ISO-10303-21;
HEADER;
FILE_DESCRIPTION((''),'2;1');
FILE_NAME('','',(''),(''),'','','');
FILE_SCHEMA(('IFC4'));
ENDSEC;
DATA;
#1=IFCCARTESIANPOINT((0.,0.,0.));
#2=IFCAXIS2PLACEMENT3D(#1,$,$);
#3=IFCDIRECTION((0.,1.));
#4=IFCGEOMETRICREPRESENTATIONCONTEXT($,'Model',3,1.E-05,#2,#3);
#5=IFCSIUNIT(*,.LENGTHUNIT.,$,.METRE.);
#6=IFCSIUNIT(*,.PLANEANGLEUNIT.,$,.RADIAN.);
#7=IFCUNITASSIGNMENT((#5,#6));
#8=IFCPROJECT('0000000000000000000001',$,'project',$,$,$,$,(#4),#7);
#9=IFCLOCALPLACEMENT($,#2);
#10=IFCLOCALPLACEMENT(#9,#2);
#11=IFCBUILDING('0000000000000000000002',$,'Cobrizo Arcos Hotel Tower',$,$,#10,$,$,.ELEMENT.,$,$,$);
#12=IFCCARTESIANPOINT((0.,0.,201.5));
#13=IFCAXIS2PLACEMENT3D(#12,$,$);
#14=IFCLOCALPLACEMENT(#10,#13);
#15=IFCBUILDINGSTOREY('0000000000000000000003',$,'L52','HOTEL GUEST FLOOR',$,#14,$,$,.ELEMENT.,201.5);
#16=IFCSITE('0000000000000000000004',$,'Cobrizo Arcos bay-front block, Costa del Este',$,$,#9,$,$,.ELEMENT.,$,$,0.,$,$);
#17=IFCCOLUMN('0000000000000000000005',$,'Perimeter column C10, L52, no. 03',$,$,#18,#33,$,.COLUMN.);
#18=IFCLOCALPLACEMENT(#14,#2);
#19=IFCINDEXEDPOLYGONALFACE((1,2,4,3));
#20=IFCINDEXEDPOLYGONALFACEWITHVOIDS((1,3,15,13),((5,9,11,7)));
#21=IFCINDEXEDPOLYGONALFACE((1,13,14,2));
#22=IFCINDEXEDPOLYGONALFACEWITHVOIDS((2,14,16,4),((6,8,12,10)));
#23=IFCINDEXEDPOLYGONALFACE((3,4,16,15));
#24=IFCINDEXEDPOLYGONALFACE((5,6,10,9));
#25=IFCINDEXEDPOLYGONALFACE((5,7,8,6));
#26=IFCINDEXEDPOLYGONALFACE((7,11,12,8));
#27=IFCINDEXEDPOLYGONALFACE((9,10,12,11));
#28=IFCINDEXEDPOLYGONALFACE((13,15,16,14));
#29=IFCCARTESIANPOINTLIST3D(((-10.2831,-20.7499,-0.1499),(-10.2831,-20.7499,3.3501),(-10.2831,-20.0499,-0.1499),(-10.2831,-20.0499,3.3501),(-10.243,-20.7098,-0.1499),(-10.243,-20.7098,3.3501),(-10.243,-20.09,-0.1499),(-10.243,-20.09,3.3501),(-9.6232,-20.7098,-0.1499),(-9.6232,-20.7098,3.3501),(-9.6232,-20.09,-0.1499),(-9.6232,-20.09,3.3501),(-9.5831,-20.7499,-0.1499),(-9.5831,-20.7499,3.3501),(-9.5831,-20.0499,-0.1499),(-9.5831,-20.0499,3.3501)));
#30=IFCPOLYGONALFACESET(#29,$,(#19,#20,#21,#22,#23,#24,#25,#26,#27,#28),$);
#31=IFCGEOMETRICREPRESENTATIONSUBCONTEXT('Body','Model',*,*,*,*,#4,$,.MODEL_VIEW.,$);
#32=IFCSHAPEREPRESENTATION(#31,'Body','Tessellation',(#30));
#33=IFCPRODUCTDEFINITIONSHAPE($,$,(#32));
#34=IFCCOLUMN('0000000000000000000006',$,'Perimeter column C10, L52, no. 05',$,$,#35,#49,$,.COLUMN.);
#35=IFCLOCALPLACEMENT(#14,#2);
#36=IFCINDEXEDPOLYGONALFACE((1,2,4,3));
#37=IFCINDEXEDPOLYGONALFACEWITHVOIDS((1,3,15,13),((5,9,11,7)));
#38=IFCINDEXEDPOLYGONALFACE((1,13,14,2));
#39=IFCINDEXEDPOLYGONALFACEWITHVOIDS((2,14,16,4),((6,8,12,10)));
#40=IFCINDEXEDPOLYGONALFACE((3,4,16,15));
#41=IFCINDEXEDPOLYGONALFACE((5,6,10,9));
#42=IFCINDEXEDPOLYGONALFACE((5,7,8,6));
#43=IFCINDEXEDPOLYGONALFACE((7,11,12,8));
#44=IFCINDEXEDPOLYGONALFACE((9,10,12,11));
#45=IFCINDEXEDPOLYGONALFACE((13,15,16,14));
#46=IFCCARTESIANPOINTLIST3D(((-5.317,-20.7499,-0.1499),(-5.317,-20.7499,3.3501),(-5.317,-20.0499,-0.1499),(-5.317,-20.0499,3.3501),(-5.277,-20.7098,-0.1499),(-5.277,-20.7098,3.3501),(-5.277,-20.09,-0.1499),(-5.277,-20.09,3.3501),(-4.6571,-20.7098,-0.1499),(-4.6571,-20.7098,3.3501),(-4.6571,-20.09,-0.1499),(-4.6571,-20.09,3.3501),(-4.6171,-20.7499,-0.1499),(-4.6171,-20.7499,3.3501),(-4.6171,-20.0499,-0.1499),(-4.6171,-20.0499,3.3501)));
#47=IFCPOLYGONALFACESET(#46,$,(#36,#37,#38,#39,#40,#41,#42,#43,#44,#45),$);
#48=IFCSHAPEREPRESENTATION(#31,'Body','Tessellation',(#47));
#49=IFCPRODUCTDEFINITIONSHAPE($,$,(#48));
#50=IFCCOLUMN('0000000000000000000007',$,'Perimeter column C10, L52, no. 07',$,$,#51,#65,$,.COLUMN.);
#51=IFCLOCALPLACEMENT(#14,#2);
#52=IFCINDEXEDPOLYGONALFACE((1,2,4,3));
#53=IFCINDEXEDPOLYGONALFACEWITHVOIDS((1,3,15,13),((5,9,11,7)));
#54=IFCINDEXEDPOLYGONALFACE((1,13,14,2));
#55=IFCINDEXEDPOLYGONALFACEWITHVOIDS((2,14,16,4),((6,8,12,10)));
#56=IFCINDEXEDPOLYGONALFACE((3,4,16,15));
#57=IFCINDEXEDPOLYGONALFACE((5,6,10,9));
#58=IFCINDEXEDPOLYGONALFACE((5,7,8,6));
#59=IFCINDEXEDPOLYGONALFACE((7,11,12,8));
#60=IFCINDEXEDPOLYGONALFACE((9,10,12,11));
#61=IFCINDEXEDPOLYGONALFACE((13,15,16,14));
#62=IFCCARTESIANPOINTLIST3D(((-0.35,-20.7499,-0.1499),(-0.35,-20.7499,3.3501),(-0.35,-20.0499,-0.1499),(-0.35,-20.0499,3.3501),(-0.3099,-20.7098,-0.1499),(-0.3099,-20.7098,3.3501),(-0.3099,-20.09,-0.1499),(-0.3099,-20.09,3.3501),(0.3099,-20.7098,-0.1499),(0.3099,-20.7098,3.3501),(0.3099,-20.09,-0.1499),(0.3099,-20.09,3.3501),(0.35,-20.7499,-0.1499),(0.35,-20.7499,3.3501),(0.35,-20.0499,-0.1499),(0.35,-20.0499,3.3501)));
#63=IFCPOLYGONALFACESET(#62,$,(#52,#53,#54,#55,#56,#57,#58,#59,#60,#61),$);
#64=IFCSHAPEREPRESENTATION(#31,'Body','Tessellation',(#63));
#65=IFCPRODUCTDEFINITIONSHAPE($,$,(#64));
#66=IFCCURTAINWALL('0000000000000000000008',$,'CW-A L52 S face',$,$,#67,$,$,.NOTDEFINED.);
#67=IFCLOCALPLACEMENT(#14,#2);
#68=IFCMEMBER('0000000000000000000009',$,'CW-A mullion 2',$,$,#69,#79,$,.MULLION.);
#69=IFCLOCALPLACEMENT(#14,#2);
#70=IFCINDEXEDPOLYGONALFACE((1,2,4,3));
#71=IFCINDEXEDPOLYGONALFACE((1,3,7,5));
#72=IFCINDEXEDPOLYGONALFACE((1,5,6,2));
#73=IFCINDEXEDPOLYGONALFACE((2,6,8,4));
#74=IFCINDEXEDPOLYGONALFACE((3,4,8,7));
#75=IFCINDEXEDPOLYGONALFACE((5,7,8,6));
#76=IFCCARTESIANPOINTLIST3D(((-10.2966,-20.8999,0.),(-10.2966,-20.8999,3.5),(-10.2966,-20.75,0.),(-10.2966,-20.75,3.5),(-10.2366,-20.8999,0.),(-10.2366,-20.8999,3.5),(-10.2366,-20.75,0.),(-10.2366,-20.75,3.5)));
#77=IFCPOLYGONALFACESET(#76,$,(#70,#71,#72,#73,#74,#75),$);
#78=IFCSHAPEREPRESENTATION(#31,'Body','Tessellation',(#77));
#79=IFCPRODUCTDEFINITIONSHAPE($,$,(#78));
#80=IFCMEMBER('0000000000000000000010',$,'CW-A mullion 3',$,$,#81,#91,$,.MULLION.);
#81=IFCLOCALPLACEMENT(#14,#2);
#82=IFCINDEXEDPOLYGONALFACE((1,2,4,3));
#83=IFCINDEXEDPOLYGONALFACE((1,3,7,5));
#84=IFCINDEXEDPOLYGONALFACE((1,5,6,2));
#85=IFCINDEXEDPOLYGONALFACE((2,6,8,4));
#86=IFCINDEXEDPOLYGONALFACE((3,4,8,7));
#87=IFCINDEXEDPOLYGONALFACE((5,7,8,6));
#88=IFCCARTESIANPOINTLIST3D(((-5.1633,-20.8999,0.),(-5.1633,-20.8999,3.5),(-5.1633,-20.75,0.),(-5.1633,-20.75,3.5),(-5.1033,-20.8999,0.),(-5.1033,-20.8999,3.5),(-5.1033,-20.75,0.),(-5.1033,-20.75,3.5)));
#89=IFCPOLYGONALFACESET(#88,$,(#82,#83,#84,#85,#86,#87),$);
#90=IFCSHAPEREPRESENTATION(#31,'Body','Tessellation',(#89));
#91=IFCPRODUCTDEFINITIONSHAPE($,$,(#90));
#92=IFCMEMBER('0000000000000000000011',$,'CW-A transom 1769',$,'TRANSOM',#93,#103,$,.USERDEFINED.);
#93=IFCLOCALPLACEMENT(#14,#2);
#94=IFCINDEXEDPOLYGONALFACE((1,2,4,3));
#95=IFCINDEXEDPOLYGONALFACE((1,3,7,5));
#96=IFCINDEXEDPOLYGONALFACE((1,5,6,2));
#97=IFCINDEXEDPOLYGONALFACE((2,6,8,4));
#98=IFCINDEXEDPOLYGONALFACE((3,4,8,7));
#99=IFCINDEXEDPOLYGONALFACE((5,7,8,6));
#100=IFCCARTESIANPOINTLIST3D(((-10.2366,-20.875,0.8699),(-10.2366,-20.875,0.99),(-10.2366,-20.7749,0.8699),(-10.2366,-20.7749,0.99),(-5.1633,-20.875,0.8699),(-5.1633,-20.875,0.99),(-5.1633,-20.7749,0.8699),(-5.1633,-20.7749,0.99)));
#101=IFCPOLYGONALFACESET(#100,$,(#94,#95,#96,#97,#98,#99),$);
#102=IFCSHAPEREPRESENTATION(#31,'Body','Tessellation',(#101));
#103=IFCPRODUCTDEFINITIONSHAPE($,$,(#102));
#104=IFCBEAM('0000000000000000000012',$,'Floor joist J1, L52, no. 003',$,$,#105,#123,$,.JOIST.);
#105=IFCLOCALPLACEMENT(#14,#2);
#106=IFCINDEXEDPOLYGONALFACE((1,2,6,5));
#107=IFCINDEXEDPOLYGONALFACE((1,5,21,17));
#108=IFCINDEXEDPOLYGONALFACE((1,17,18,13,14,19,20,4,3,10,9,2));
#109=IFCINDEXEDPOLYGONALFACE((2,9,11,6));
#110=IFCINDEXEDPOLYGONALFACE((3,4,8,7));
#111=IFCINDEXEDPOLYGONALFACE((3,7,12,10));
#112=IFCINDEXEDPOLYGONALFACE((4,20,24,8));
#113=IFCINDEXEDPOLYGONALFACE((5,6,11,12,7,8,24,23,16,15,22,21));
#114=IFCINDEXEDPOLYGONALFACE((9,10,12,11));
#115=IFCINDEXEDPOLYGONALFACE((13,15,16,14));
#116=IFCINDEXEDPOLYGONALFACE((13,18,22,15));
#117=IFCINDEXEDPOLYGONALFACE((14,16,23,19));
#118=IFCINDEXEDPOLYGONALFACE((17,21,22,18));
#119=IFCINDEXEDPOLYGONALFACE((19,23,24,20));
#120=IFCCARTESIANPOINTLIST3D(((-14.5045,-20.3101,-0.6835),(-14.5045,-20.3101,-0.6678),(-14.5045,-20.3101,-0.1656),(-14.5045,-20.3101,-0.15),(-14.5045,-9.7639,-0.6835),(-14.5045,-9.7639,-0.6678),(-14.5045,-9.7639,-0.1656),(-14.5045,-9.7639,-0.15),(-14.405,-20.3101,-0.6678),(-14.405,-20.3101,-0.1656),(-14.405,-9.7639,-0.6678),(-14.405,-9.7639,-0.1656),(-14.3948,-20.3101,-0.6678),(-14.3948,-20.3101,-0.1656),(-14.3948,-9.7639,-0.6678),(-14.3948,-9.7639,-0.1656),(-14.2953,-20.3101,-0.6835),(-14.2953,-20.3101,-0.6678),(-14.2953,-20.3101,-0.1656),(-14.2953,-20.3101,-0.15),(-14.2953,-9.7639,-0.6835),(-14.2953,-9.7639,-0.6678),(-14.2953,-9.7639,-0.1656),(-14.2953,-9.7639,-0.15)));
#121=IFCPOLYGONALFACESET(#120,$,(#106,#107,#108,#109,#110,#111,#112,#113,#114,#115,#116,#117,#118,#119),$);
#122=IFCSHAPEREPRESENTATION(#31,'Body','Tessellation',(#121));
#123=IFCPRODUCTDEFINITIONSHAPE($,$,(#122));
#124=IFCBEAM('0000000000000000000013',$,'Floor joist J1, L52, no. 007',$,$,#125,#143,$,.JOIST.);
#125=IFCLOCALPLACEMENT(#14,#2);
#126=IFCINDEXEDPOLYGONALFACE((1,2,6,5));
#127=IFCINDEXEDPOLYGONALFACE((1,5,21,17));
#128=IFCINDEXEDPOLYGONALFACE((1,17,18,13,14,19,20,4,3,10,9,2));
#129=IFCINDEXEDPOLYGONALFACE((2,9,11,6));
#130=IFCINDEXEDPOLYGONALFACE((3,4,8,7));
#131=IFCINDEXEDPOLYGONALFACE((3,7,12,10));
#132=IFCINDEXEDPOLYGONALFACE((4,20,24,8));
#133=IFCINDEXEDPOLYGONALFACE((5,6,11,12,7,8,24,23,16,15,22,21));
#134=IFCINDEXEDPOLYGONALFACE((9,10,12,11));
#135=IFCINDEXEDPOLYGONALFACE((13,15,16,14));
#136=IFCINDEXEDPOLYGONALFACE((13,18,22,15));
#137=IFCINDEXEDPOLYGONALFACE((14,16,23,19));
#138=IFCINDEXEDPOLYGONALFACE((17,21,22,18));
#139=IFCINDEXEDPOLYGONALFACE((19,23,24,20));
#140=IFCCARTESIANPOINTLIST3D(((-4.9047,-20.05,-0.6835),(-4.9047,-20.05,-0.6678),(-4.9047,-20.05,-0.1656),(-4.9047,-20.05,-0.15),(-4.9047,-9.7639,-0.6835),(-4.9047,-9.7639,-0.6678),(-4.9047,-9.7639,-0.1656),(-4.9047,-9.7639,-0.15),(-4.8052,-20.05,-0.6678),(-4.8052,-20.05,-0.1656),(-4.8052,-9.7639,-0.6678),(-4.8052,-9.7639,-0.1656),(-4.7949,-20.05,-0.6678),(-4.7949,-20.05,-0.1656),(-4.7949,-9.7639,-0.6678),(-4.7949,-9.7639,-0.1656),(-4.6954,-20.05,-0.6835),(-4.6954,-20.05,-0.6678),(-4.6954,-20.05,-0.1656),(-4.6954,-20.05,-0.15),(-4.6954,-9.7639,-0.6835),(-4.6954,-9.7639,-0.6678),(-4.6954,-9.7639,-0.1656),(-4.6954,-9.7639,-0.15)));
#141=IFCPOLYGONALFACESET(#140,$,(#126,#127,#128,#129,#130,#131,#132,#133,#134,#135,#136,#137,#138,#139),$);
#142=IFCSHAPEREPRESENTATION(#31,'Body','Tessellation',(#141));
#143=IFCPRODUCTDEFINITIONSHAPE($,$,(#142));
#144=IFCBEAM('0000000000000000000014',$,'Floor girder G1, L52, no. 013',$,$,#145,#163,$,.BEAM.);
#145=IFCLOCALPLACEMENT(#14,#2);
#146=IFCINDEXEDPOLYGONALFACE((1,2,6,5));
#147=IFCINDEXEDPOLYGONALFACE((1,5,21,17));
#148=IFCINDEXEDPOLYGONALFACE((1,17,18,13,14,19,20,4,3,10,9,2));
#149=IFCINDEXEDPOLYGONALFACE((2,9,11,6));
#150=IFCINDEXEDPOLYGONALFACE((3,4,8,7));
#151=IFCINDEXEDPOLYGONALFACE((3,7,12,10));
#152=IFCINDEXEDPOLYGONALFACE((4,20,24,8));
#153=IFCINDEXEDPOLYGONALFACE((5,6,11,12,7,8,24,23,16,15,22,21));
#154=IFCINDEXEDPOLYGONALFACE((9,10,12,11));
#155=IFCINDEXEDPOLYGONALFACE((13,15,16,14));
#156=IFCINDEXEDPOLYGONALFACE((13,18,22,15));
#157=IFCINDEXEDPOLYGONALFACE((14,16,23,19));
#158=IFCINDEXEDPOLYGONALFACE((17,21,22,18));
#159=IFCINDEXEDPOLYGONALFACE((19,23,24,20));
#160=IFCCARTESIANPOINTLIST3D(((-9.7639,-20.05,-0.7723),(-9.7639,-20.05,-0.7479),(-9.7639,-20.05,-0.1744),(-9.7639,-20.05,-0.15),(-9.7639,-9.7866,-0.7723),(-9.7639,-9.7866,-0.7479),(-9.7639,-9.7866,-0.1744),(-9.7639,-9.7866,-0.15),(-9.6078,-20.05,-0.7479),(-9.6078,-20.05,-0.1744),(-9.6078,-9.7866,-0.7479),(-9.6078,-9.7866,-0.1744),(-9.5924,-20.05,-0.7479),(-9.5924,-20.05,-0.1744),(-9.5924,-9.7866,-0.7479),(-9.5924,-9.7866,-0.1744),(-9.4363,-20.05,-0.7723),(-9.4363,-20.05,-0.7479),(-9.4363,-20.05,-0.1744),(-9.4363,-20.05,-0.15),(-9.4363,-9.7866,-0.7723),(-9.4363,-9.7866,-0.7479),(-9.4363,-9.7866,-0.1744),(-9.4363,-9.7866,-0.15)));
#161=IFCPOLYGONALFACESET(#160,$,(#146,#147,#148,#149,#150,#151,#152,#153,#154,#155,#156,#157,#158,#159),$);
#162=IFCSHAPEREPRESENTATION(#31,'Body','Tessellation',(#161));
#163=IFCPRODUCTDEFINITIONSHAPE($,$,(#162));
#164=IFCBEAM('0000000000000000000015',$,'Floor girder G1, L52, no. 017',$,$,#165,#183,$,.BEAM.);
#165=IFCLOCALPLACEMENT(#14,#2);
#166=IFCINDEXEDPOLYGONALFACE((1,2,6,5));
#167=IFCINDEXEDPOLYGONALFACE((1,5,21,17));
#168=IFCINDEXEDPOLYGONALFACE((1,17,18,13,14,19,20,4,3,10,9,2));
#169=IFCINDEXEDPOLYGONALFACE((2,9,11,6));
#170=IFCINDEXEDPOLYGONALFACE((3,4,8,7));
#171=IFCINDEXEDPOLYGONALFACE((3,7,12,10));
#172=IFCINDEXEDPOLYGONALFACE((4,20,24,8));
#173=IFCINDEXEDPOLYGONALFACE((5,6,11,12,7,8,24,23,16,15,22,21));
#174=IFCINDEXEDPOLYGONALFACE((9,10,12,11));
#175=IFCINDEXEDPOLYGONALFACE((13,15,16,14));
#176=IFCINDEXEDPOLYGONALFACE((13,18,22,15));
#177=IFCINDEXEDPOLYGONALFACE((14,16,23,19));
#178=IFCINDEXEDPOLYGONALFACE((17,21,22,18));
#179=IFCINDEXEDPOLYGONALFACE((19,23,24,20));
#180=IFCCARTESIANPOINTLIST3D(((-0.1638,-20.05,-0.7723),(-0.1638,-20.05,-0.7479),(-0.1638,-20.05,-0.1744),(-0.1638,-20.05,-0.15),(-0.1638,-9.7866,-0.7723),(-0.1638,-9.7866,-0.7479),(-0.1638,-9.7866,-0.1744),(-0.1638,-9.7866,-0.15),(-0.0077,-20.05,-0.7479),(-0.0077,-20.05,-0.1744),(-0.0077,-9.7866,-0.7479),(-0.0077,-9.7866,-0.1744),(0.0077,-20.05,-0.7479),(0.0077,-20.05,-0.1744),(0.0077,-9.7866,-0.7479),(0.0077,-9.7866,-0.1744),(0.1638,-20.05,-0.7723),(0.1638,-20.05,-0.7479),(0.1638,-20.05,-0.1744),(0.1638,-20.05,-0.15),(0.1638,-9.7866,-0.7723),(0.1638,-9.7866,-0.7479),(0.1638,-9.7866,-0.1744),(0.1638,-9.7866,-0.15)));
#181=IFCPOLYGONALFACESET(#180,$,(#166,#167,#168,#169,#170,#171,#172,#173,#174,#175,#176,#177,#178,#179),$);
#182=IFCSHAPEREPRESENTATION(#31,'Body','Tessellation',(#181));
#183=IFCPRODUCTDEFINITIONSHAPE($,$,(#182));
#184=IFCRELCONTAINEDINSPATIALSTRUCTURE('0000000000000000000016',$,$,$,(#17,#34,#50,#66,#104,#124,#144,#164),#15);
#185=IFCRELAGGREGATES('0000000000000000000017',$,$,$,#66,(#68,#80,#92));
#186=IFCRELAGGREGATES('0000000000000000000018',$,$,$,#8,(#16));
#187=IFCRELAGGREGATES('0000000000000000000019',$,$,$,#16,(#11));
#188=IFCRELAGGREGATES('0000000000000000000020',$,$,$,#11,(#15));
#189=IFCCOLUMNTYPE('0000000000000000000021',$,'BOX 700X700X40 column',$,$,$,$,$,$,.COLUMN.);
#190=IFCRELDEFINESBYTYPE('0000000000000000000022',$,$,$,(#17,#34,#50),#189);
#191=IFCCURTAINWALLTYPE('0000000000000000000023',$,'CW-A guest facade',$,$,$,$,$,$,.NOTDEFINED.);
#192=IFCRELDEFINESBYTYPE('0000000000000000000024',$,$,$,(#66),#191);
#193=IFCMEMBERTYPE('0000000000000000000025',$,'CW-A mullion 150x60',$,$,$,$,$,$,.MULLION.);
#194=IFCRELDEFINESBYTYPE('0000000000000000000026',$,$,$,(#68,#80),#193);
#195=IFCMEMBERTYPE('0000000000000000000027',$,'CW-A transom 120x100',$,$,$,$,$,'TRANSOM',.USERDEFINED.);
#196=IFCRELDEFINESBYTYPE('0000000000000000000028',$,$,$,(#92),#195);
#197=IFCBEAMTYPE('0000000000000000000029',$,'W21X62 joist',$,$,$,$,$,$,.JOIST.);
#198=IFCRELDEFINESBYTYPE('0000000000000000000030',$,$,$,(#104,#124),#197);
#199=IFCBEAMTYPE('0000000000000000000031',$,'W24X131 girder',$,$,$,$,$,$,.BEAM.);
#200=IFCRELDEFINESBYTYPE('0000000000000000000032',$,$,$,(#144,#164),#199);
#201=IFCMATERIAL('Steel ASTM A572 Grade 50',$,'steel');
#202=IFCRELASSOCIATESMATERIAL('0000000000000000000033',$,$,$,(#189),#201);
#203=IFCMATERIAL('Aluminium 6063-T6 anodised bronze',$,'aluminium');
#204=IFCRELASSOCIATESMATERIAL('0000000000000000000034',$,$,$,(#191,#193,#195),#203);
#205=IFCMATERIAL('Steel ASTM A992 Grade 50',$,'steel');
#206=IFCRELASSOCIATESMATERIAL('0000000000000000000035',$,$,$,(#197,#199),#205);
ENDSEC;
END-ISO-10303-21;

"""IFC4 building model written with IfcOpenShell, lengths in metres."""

from ifc_helpers import new_model, si_unit, direction, frame, origin, origin_2d, place, context, subcontext, project, spatial, rectangle, hollow_rectangle, i_section, extrude, material, material_profile, profile_set, type_object, element, aggregate, save


model = new_model("IFC4")

# Units and contexts
model_context = context("Model", 3, precision=1e-05, world=origin(), true_north=direction((0.0, 1.0)))
body_context = subcontext(model_context, "Body", "Model", "MODEL_VIEW")
ifc_project = project(units=[si_unit("LENGTHUNIT", "METRE"), si_unit("PLANEANGLEUNIT", "RADIAN")], contexts=[model_context])

# Site, building, storey
site_placement = place(None, origin())
site = spatial("IfcSite", under=ifc_project, at=site_placement, Name="Cobrizo Arcos bay-front block, Costa del Este", CompositionType="ELEMENT", RefElevation=0.0)
building_placement = place(site_placement, origin())
building = spatial("IfcBuilding", under=site, at=building_placement, Name="Cobrizo Arcos Hotel Tower", CompositionType="ELEMENT")
storey_placement = place(building_placement, frame((0.0, 0.0, 201.5)))
storey = spatial("IfcBuildingStorey", under=building, at=storey_placement, Name="L52", Description="HOTEL GUEST FLOOR", CompositionType="ELEMENT", Elevation=201.5)

# Columns
ifc_material_1 = material(Name="Steel ASTM A572 Grade 50", Category="steel")
ifc_material_profile_1 = material_profile(ifc_material_1, hollow_rectangle(XDim=0.7, YDim=0.7, WallThickness=0.04, at=origin_2d()), Name="BOX 700X700X40")
ifc_profile_set_1 = profile_set([ifc_material_profile_1], Name="Steel ASTM A572 Grade 50")
column_type = type_object("IfcColumnType", Name="BOX 700X700X40 column", PredefinedType="COLUMN", material=ifc_profile_set_1)
for number, where, z_axis, x_axis, name in (
    (1, (-9.9331, -20.3999, -0.1499), (0.0, 0.0, 1.0), (1.0, 0.0, 0.0), "Perimeter column C10, L52, no. 03"),
    (2, (-4.967, -20.3999, -0.1499), (0.0, 0.0, 1.0), (1.0, 0.0, 0.0), "Perimeter column C10, L52, no. 05"),
    (3, (0.0, -20.3999, -0.1499), (0.0, 0.0, 1.0), (1.0, 0.0, 0.0), "Perimeter column C10, L52, no. 07"),
):
    element("IfcColumn", number, at=place(storey_placement, frame(where, z_axis=z_axis, x_axis=x_axis)), inside=storey, type_object=column_type, Name=name, PredefinedType="COLUMN", context=body_context, shape_type="SweptSolid", body=[
        extrude(hollow_rectangle(XDim=0.7, YDim=0.7, WallThickness=0.04, at=origin_2d()), origin(), (0.0, 0.0, 1.0), 3.5),
    ])

# Curtain wall, members
ifc_material_2 = material(Name="Aluminium 6063-T6 anodised bronze", Category="aluminium")
curtain_wall_type = type_object("IfcCurtainWallType", Name="CW-A guest facade", PredefinedType="NOTDEFINED", material=ifc_material_2)
curtain_wall_placement = place(storey_placement, origin())
curtain_wall = element("IfcCurtainWall", 4, at=curtain_wall_placement, inside=storey, type_object=curtain_wall_type, Name="CW-A L52 S face", PredefinedType="NOTDEFINED")
ifc_material_profile_2 = material_profile(ifc_material_2, rectangle(XDim=0.1499, YDim=0.0601, at=origin_2d()), Name="CW-A mullion 150x60")
ifc_profile_set_2 = profile_set([ifc_material_profile_2], Name="Aluminium 6063-T6 anodised bronze")
member_type_1 = type_object("IfcMemberType", Name="CW-A mullion 150x60", PredefinedType="MULLION", material=ifc_profile_set_2)
member_1_placement = place(storey_placement, frame((-10.2666, -20.825, 0.0), z_axis=(0.0, 0.0, 1.0), x_axis=(0.0, -1.0, 0.0)))
member_1 = element("IfcMember", 5, at=member_1_placement, type_object=member_type_1, Name="CW-A mullion 2", PredefinedType="MULLION", context=body_context, shape_type="SweptSolid", body=[
    extrude(rectangle(XDim=0.1499, YDim=0.0601, at=origin_2d()), origin(), (0.0, 0.0, 1.0), 3.5),
])
member_2_placement = place(storey_placement, frame((-5.1333, -20.825, 0.0), z_axis=(0.0, 0.0, 1.0), x_axis=(0.0, -1.0, 0.0)))
member_2 = element("IfcMember", 6, at=member_2_placement, type_object=member_type_1, Name="CW-A mullion 3", PredefinedType="MULLION", context=body_context, shape_type="SweptSolid", body=[
    extrude(rectangle(XDim=0.1499, YDim=0.0601, at=origin_2d()), origin(), (0.0, 0.0, 1.0), 3.5),
])
ifc_material_profile_3 = material_profile(ifc_material_2, rectangle(XDim=0.1001, YDim=0.1201, at=origin_2d()), Name="CW-A transom 120x100")
ifc_profile_set_3 = profile_set([ifc_material_profile_3], Name="Aluminium 6063-T6 anodised bronze")
member_type_2 = type_object("IfcMemberType", Name="CW-A transom 120x100", ElementType="TRANSOM", PredefinedType="USERDEFINED", material=ifc_profile_set_3)
member_3_placement = place(storey_placement, frame((-10.2366, -20.825, 0.9299), z_axis=(1.0, 0.0, 0.0), x_axis=(0.0, 1.0, 0.0)))
member_3 = element("IfcMember", 7, at=member_3_placement, type_object=member_type_2, Name="CW-A transom 1769", ObjectType="TRANSOM", PredefinedType="USERDEFINED", context=body_context, shape_type="SweptSolid", body=[
    extrude(rectangle(XDim=0.1001, YDim=0.1201, at=origin_2d()), origin(), (0.0, 0.0, 1.0), 5.0732),
])

# Beams
ifc_material_3 = material(Name="Steel ASTM A992 Grade 50", Category="steel")
ifc_material_profile_4 = material_profile(ifc_material_3, i_section(OverallWidth=0.2092, OverallDepth=0.5334, WebThickness=0.0103, FlangeThickness=0.0156, at=origin_2d()), Name="W21X62")
ifc_profile_set_4 = profile_set([ifc_material_profile_4], Name="Steel ASTM A992 Grade 50")
beam_type_1 = type_object("IfcBeamType", Name="W21X62 joist", PredefinedType="JOIST", material=ifc_profile_set_4)
beam_1_placement = place(storey_placement, frame((-14.3999, -20.3101, -0.4167), z_axis=(0.0, 1.0, 0.0), x_axis=(-1.0, 0.0, 0.0)))
element("IfcBeam", 8, at=beam_1_placement, inside=storey, type_object=beam_type_1, Name="Floor joist J1, L52, no. 003", PredefinedType="JOIST", context=body_context, shape_type="SweptSolid", body=[
    extrude(i_section(OverallWidth=0.2092, OverallDepth=0.5334, WebThickness=0.0103, FlangeThickness=0.0156, at=origin_2d()), origin(), (0.0, 0.0, 1.0), 10.5461),
])
beam_2_placement = place(storey_placement, frame((-4.8, -20.05, -0.4167), z_axis=(0.0, 1.0, 0.0), x_axis=(-1.0, 0.0, 0.0)))
element("IfcBeam", 9, at=beam_2_placement, inside=storey, type_object=beam_type_1, Name="Floor joist J1, L52, no. 007", PredefinedType="JOIST", context=body_context, shape_type="SweptSolid", body=[
    extrude(i_section(OverallWidth=0.2092, OverallDepth=0.5334, WebThickness=0.0103, FlangeThickness=0.0156, at=origin_2d()), origin(), (0.0, 0.0, 1.0), 10.2861),
])
ifc_material_profile_5 = material_profile(ifc_material_3, i_section(OverallWidth=0.3276, OverallDepth=0.6223, WebThickness=0.0154, FlangeThickness=0.0244, at=origin_2d()), Name="W24X131")
ifc_profile_set_5 = profile_set([ifc_material_profile_5], Name="Steel ASTM A992 Grade 50")
beam_type_2 = type_object("IfcBeamType", Name="W24X131 girder", PredefinedType="BEAM", material=ifc_profile_set_5)
for number, where, z_axis, x_axis, name in (
    (10, (-9.6001, -20.05, -0.4612), (0.0, 1.0, 0.0), (-1.0, 0.0, 0.0), "Floor girder G1, L52, no. 013"),
    (11, (0.0, -20.05, -0.4612), (0.0, 1.0, 0.0), (-1.0, 0.0, 0.0), "Floor girder G1, L52, no. 017"),
):
    element("IfcBeam", number, at=place(storey_placement, frame(where, z_axis=z_axis, x_axis=x_axis)), inside=storey, type_object=beam_type_2, Name=name, PredefinedType="BEAM", context=body_context, shape_type="SweptSolid", body=[
        extrude(i_section(OverallWidth=0.3276, OverallDepth=0.6223, WebThickness=0.0154, FlangeThickness=0.0244, at=origin_2d()), origin(), (0.0, 0.0, 1.0), 10.2634),
    ])

aggregate(curtain_wall, [member_1, member_2, member_3])

save(model, "model.ifc")
